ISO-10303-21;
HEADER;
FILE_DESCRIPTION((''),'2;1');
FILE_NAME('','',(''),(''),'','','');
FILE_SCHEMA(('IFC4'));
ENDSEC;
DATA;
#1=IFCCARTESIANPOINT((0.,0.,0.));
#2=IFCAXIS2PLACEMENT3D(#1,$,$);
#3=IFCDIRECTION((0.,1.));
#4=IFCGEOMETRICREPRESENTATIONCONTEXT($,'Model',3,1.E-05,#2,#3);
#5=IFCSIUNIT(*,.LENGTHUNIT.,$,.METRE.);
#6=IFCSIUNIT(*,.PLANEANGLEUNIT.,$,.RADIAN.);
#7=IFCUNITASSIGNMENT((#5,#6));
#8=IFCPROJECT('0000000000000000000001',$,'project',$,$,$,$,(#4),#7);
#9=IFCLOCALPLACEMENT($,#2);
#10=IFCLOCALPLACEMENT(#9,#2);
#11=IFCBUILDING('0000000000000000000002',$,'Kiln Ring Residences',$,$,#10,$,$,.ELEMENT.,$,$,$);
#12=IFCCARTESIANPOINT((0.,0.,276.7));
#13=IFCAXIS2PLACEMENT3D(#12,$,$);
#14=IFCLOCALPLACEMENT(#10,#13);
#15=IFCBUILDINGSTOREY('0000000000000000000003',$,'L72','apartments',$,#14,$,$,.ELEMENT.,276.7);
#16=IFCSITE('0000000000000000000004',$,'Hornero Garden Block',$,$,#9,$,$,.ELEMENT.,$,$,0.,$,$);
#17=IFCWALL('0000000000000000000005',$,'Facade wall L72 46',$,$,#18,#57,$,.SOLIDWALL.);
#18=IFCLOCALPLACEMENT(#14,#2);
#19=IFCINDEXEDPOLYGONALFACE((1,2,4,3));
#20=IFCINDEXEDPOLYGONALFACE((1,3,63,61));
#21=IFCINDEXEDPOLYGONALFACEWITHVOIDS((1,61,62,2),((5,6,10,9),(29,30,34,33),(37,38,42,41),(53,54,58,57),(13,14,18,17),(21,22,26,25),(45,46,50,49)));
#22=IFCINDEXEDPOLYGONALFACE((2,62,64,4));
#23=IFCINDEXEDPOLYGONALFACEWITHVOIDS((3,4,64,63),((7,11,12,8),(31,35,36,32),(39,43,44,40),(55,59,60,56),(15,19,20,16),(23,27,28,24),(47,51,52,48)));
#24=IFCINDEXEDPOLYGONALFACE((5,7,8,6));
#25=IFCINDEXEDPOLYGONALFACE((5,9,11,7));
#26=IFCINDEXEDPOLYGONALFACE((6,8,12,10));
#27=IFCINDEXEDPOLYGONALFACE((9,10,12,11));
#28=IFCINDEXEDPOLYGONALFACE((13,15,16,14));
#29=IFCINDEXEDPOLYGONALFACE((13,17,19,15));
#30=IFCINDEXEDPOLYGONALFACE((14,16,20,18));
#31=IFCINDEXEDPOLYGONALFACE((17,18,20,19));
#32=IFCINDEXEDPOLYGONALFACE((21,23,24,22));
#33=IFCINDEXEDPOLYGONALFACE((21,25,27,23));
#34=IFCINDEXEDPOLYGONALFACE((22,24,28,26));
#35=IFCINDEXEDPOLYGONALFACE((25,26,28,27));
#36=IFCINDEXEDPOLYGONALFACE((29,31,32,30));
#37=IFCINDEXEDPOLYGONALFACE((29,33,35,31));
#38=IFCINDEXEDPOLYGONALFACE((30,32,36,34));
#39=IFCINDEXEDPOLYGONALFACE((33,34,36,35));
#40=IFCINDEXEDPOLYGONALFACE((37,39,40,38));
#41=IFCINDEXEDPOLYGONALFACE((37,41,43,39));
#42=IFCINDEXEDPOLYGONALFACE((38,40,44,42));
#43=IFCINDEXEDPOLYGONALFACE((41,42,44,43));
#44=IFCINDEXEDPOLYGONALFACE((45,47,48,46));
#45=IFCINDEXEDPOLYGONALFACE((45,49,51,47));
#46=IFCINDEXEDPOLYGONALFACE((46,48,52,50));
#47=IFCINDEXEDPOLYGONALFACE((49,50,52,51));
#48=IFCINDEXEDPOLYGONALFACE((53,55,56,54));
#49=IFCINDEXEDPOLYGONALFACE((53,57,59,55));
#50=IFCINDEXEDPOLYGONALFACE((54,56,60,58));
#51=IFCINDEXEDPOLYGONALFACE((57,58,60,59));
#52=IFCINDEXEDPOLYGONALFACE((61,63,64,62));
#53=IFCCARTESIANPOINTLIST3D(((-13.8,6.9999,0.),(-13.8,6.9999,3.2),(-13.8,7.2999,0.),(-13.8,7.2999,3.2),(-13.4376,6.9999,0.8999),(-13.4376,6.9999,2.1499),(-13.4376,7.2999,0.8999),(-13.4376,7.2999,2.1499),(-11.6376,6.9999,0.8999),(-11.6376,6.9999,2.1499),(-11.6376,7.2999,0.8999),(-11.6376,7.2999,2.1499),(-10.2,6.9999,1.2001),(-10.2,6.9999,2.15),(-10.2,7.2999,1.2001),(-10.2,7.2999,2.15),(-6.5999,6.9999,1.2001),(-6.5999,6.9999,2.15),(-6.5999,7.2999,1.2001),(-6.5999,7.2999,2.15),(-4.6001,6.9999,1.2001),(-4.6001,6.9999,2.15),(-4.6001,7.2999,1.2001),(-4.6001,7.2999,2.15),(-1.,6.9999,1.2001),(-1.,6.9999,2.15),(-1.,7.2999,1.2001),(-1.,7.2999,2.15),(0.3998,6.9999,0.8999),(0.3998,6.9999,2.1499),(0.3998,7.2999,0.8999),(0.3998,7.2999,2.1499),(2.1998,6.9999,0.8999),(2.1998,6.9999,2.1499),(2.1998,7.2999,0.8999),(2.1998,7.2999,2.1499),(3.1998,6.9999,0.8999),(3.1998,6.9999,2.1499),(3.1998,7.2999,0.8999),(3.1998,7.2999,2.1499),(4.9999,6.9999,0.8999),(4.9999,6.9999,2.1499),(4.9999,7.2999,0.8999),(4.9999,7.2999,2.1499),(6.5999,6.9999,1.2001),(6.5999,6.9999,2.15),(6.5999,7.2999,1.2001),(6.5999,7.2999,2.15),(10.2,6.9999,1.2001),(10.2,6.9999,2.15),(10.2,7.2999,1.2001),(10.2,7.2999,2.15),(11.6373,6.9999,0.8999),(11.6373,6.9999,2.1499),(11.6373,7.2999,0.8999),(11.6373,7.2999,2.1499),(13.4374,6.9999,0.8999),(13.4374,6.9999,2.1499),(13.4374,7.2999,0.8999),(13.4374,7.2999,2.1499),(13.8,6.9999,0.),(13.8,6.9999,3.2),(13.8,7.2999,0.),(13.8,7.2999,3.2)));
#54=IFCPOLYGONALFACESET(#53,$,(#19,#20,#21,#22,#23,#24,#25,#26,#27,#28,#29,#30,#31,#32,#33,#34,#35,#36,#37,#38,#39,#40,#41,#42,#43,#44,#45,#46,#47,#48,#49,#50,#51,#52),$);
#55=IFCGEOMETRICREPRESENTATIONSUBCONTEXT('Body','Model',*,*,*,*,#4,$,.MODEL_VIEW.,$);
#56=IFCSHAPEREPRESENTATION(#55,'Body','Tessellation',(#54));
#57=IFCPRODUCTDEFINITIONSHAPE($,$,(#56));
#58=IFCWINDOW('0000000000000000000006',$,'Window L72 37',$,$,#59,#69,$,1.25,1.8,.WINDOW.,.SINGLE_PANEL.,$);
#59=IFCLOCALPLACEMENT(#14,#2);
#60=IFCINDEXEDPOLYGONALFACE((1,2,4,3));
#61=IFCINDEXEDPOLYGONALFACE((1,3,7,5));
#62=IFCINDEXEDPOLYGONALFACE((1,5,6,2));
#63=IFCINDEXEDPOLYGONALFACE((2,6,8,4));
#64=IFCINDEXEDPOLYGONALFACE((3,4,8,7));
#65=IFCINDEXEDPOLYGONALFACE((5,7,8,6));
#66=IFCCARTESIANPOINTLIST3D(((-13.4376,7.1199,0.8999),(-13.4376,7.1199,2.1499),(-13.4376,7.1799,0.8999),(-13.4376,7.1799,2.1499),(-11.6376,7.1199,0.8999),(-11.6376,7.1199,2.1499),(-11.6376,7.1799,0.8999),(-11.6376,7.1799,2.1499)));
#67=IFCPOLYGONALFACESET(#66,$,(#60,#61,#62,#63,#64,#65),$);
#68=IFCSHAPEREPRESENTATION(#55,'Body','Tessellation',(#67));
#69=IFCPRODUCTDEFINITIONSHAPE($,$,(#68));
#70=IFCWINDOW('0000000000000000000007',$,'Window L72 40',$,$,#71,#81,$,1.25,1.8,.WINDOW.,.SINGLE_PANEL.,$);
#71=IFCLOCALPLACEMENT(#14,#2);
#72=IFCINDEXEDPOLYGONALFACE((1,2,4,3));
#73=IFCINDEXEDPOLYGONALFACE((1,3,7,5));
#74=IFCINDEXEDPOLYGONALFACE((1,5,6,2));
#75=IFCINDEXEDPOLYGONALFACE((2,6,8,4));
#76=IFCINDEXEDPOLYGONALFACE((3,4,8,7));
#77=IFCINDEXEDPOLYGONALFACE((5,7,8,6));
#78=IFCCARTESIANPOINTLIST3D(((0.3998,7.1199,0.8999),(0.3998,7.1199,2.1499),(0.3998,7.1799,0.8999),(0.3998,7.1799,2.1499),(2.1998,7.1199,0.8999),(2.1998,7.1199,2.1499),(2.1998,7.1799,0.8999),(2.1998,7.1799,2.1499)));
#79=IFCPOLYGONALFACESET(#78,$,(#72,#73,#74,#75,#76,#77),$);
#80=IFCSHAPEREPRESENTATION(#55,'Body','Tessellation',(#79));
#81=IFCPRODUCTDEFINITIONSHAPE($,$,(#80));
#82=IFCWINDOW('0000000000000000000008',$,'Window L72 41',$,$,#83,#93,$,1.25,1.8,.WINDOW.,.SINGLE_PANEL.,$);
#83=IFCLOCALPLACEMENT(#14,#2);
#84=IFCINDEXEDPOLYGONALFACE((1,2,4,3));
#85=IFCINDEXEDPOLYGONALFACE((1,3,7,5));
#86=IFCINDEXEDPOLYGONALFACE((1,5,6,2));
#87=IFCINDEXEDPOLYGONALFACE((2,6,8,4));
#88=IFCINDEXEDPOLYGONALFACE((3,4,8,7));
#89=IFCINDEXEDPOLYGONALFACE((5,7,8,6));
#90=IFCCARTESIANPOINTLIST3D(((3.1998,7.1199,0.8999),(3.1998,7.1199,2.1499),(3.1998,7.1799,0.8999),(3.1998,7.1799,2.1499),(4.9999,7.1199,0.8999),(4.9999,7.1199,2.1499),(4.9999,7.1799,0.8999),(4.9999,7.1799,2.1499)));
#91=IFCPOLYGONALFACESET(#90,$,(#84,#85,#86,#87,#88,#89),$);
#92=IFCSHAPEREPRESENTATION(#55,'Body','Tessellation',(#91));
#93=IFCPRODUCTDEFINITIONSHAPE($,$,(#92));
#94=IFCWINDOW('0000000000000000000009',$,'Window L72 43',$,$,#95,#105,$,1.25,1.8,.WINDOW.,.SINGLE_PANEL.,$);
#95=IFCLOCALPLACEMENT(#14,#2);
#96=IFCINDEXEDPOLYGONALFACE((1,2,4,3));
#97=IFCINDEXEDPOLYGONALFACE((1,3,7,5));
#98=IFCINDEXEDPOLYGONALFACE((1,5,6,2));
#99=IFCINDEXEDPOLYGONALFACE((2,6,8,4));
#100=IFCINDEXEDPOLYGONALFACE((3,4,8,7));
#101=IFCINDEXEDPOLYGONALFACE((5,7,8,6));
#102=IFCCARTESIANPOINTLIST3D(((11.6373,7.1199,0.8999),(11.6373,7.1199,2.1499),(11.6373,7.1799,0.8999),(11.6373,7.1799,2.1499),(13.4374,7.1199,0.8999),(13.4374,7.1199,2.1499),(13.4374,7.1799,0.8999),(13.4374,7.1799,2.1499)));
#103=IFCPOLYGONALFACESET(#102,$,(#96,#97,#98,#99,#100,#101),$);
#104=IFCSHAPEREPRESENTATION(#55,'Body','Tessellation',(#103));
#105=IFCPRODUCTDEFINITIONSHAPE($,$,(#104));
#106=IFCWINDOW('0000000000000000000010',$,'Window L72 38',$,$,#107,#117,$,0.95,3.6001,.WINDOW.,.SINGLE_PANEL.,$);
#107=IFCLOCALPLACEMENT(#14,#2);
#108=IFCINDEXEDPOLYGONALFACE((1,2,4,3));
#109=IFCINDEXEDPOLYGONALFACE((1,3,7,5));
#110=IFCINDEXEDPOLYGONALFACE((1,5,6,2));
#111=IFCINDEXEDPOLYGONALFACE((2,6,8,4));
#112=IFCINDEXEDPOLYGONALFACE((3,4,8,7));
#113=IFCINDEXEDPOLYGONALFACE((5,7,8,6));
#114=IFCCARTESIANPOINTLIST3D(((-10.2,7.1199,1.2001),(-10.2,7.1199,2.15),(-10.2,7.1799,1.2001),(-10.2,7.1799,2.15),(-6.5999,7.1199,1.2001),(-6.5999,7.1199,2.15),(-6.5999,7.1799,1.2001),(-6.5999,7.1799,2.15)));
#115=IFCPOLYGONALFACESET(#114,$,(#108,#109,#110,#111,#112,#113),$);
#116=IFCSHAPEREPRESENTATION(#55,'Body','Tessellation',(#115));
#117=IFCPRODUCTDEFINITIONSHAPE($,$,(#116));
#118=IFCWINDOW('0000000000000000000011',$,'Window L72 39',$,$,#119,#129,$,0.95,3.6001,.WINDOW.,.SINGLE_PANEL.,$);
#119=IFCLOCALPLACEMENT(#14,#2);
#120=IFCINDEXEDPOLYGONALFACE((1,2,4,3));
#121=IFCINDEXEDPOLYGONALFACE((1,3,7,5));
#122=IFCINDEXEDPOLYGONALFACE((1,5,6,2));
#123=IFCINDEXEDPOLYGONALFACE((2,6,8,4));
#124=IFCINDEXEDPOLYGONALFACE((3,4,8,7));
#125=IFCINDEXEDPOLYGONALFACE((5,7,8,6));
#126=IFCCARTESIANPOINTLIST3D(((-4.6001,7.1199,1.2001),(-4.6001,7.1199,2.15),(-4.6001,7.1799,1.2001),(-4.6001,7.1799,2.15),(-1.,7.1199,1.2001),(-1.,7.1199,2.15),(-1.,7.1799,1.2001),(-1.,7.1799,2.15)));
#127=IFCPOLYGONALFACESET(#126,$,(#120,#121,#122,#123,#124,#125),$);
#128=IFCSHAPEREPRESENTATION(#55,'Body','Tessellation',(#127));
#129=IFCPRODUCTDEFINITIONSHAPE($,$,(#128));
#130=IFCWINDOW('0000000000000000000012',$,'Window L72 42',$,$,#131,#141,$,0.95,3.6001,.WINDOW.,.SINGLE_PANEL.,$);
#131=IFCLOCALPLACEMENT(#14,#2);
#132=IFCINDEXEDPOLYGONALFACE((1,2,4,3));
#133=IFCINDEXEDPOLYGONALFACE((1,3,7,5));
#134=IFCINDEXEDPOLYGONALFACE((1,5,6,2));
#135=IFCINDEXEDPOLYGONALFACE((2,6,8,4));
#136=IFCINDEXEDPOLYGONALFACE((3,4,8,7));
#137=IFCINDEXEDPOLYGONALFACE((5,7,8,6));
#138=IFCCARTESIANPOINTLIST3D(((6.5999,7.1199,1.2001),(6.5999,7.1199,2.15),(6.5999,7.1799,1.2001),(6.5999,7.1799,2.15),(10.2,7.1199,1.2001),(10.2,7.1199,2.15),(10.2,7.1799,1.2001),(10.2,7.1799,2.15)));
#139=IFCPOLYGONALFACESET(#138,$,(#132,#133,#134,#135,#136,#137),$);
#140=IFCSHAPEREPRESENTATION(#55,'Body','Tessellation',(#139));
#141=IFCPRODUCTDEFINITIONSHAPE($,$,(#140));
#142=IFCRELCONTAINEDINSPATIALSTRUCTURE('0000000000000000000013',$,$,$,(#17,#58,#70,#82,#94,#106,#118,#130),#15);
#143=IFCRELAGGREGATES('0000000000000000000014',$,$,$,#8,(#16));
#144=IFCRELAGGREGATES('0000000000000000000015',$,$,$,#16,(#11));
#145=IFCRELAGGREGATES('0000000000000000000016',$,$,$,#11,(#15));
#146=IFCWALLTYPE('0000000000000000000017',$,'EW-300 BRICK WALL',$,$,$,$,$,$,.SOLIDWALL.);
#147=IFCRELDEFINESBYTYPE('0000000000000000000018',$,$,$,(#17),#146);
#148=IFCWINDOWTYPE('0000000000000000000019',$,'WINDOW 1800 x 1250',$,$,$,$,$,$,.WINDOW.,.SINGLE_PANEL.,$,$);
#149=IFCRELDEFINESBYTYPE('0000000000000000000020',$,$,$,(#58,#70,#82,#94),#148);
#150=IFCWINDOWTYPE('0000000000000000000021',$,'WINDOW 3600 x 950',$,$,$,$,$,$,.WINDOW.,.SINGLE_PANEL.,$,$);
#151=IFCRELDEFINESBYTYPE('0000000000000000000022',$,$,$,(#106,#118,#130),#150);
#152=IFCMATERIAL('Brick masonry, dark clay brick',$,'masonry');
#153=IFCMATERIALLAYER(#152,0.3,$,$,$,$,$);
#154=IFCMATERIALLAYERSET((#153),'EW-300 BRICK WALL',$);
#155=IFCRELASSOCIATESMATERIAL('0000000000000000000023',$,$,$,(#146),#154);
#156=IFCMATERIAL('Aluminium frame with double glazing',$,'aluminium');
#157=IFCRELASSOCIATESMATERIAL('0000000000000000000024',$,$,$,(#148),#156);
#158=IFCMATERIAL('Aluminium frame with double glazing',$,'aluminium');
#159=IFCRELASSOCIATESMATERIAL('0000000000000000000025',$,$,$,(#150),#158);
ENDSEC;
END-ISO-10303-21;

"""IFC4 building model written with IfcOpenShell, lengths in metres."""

from ifc_helpers import new_model, si_unit, direction, frame, frame_2d, origin, place, context, subcontext, project, spatial, rectangle, extrude, material, layer, layer_set, type_object, element, fill, save


model = new_model("IFC4")

# Units and contexts
model_context = context("Model", 3, precision=1e-05, world=origin(), true_north=direction((0.0, 1.0)))
body_context = subcontext(model_context, "Body", "Model", "MODEL_VIEW")
ifc_project = project(units=[si_unit("LENGTHUNIT", "METRE"), si_unit("PLANEANGLEUNIT", "RADIAN")], contexts=[model_context])

# Site, building, storey
site_placement = place(None, origin())
site = spatial("IfcSite", under=ifc_project, at=site_placement, Name="Hornero Garden Block", CompositionType="ELEMENT", RefElevation=0.0)
building_placement = place(site_placement, origin())
building = spatial("IfcBuilding", under=site, at=building_placement, Name="Kiln Ring Residences", CompositionType="ELEMENT")
storey_placement = place(building_placement, frame((0.0, 0.0, 276.7)))
storey = spatial("IfcBuildingStorey", under=building, at=storey_placement, Name="L72", Description="apartments", CompositionType="ELEMENT", Elevation=276.7)

# Wall, openings, windows
ifc_material_1 = material(Name="Brick masonry, dark clay brick", Category="masonry")
ifc_layer_1 = layer(ifc_material_1, 0.3)
ifc_layer_set_1 = layer_set([ifc_layer_1], Name="EW-300 BRICK WALL")
wall_type_1 = type_object("IfcWallType", Name="EW-300 BRICK WALL", PredefinedType="SOLIDWALL", material=ifc_layer_set_1)
wall_1_placement = place(storey_placement, frame((-13.8, 7.1499, 0.0), z_axis=(0.0, 0.0, 1.0), x_axis=(1.0, 0.0, 0.0)))
wall_1 = element("IfcWall", 1, at=wall_1_placement, inside=storey, type_object=wall_type_1, Name="Facade wall L72 46", PredefinedType="SOLIDWALL", context=body_context, shape_type="SweptSolid", body=[
    extrude(rectangle(XDim=27.6001, YDim=0.3, at=frame_2d((13.8, 0.0))), origin(), (0.0, 0.0, 1.0), 3.2),
])
opening_1_placement = place(wall_1_placement, frame((0.3625, 0.0, 0.8999)))
opening_1 = element("IfcOpeningElement", 2, at=opening_1_placement, cuts=wall_1, PredefinedType="OPENING", context=body_context, shape_type="SweptSolid", body=[
    extrude(rectangle(XDim=1.8, YDim=1.25, at=frame_2d((0.8999, 0.625))), frame((0.0, 0.1599, 0.0), z_axis=(0.0, -1.0, 0.0), x_axis=(1.0, 0.0, 0.0)), (0.0, 0.0, 1.0), 0.3201),
])
opening_2_placement = place(wall_1_placement, frame((3.6001, 0.0, 1.2)))
opening_2 = element("IfcOpeningElement", 3, at=opening_2_placement, cuts=wall_1, PredefinedType="OPENING", context=body_context, shape_type="SweptSolid", body=[
    extrude(rectangle(XDim=3.6001, YDim=0.95, at=frame_2d((1.8, 0.4751))), frame((0.0, 0.1599, 0.0), z_axis=(0.0, -1.0, 0.0), x_axis=(1.0, 0.0, 0.0)), (0.0, 0.0, 1.0), 0.3201),
])
opening_3_placement = place(wall_1_placement, frame((9.2, 0.0, 1.2)))
opening_3 = element("IfcOpeningElement", 4, at=opening_3_placement, cuts=wall_1, PredefinedType="OPENING", context=body_context, shape_type="SweptSolid", body=[
    extrude(rectangle(XDim=3.6001, YDim=0.95, at=frame_2d((1.8, 0.4751))), frame((0.0, 0.1599, 0.0), z_axis=(0.0, -1.0, 0.0), x_axis=(1.0, 0.0, 0.0)), (0.0, 0.0, 1.0), 0.3201),
])
opening_4_placement = place(wall_1_placement, frame((14.2, 0.0, 0.8999)))
opening_4 = element("IfcOpeningElement", 5, at=opening_4_placement, cuts=wall_1, PredefinedType="OPENING", context=body_context, shape_type="SweptSolid", body=[
    extrude(rectangle(XDim=1.8, YDim=1.25, at=frame_2d((0.8999, 0.625))), frame((0.0, 0.1599, 0.0), z_axis=(0.0, -1.0, 0.0), x_axis=(1.0, 0.0, 0.0)), (0.0, 0.0, 1.0), 0.3201),
])
opening_5_placement = place(wall_1_placement, frame((17.0, 0.0, 0.8999)))
opening_5 = element("IfcOpeningElement", 6, at=opening_5_placement, cuts=wall_1, PredefinedType="OPENING", context=body_context, shape_type="SweptSolid", body=[
    extrude(rectangle(XDim=1.8, YDim=1.25, at=frame_2d((0.8999, 0.625))), frame((0.0, 0.1599, 0.0), z_axis=(0.0, -1.0, 0.0), x_axis=(1.0, 0.0, 0.0)), (0.0, 0.0, 1.0), 0.3201),
])
opening_6_placement = place(wall_1_placement, frame((20.3999, 0.0, 1.2)))
opening_6 = element("IfcOpeningElement", 7, at=opening_6_placement, cuts=wall_1, PredefinedType="OPENING", context=body_context, shape_type="SweptSolid", body=[
    extrude(rectangle(XDim=3.6001, YDim=0.95, at=frame_2d((1.8, 0.4751))), frame((0.0, 0.1599, 0.0), z_axis=(0.0, -1.0, 0.0), x_axis=(1.0, 0.0, 0.0)), (0.0, 0.0, 1.0), 0.3201),
])
opening_7_placement = place(wall_1_placement, frame((25.4375, 0.0, 0.8999)))
opening_7 = element("IfcOpeningElement", 8, at=opening_7_placement, cuts=wall_1, PredefinedType="OPENING", context=body_context, shape_type="SweptSolid", body=[
    extrude(rectangle(XDim=1.8, YDim=1.25, at=frame_2d((0.8999, 0.625))), frame((0.0, 0.1599, 0.0), z_axis=(0.0, -1.0, 0.0), x_axis=(1.0, 0.0, 0.0)), (0.0, 0.0, 1.0), 0.3201),
])
ifc_material_2 = material(Name="Aluminium frame with double glazing", Category="aluminium")
window_type_1 = type_object("IfcWindowType", Name="WINDOW 1800 x 1250", PartitioningType="SINGLE_PANEL", PredefinedType="WINDOW", material=ifc_material_2)
window_1_placement = place(opening_1_placement, origin())
window_1 = element("IfcWindow", 9, at=window_1_placement, inside=storey, type_object=window_type_1, Name="Window L72 37", OverallHeight=1.25, OverallWidth=1.8, PartitioningType="SINGLE_PANEL", PredefinedType="WINDOW", context=body_context, shape_type="SweptSolid", body=[
    extrude(rectangle(XDim=1.8, YDim=1.25, at=frame_2d((0.8999, 0.625))), frame((0.0, 0.03, 0.0), z_axis=(0.0, -1.0, 0.0), x_axis=(1.0, 0.0, 0.0)), (0.0, 0.0, 1.0), 0.0601),
])
fill(opening_1, window_1)
window_2_placement = place(opening_4_placement, origin())
window_2 = element("IfcWindow", 10, at=window_2_placement, inside=storey, type_object=window_type_1, Name="Window L72 40", OverallHeight=1.25, OverallWidth=1.8, PartitioningType="SINGLE_PANEL", PredefinedType="WINDOW", context=body_context, shape_type="SweptSolid", body=[
    extrude(rectangle(XDim=1.8, YDim=1.25, at=frame_2d((0.8999, 0.625))), frame((0.0, 0.03, 0.0), z_axis=(0.0, -1.0, 0.0), x_axis=(1.0, 0.0, 0.0)), (0.0, 0.0, 1.0), 0.0601),
])
fill(opening_4, window_2)
window_3_placement = place(opening_5_placement, origin())
window_3 = element("IfcWindow", 11, at=window_3_placement, inside=storey, type_object=window_type_1, Name="Window L72 41", OverallHeight=1.25, OverallWidth=1.8, PartitioningType="SINGLE_PANEL", PredefinedType="WINDOW", context=body_context, shape_type="SweptSolid", body=[
    extrude(rectangle(XDim=1.8, YDim=1.25, at=frame_2d((0.8999, 0.625))), frame((0.0, 0.03, 0.0), z_axis=(0.0, -1.0, 0.0), x_axis=(1.0, 0.0, 0.0)), (0.0, 0.0, 1.0), 0.0601),
])
fill(opening_5, window_3)
window_4_placement = place(opening_7_placement, origin())
window_4 = element("IfcWindow", 12, at=window_4_placement, inside=storey, type_object=window_type_1, Name="Window L72 43", OverallHeight=1.25, OverallWidth=1.8, PartitioningType="SINGLE_PANEL", PredefinedType="WINDOW", context=body_context, shape_type="SweptSolid", body=[
    extrude(rectangle(XDim=1.8, YDim=1.25, at=frame_2d((0.8999, 0.625))), frame((0.0, 0.03, 0.0), z_axis=(0.0, -1.0, 0.0), x_axis=(1.0, 0.0, 0.0)), (0.0, 0.0, 1.0), 0.0601),
])
fill(opening_7, window_4)
ifc_material_3 = material(Name="Aluminium frame with double glazing", Category="aluminium")
window_type_2 = type_object("IfcWindowType", Name="WINDOW 3600 x 950", PartitioningType="SINGLE_PANEL", PredefinedType="WINDOW", material=ifc_material_3)
window_5_placement = place(opening_2_placement, origin())
window_5 = element("IfcWindow", 13, at=window_5_placement, inside=storey, type_object=window_type_2, Name="Window L72 38", OverallHeight=0.95, OverallWidth=3.6001, PartitioningType="SINGLE_PANEL", PredefinedType="WINDOW", context=body_context, shape_type="SweptSolid", body=[
    extrude(rectangle(XDim=3.6001, YDim=0.95, at=frame_2d((1.8, 0.4751))), frame((0.0, 0.03, 0.0), z_axis=(0.0, -1.0, 0.0), x_axis=(1.0, 0.0, 0.0)), (0.0, 0.0, 1.0), 0.0601),
])
fill(opening_2, window_5)
window_6_placement = place(opening_3_placement, origin())
window_6 = element("IfcWindow", 14, at=window_6_placement, inside=storey, type_object=window_type_2, Name="Window L72 39", OverallHeight=0.95, OverallWidth=3.6001, PartitioningType="SINGLE_PANEL", PredefinedType="WINDOW", context=body_context, shape_type="SweptSolid", body=[
    extrude(rectangle(XDim=3.6001, YDim=0.95, at=frame_2d((1.8, 0.4751))), frame((0.0, 0.03, 0.0), z_axis=(0.0, -1.0, 0.0), x_axis=(1.0, 0.0, 0.0)), (0.0, 0.0, 1.0), 0.0601),
])
fill(opening_3, window_6)
window_7_placement = place(opening_6_placement, origin())
window_7 = element("IfcWindow", 15, at=window_7_placement, inside=storey, type_object=window_type_2, Name="Window L72 42", OverallHeight=0.95, OverallWidth=3.6001, PartitioningType="SINGLE_PANEL", PredefinedType="WINDOW", context=body_context, shape_type="SweptSolid", body=[
    extrude(rectangle(XDim=3.6001, YDim=0.95, at=frame_2d((1.8, 0.4751))), frame((0.0, 0.03, 0.0), z_axis=(0.0, -1.0, 0.0), x_axis=(1.0, 0.0, 0.0)), (0.0, 0.0, 1.0), 0.0601),
])
fill(opening_6, window_7)

save(model, "model.ifc")
